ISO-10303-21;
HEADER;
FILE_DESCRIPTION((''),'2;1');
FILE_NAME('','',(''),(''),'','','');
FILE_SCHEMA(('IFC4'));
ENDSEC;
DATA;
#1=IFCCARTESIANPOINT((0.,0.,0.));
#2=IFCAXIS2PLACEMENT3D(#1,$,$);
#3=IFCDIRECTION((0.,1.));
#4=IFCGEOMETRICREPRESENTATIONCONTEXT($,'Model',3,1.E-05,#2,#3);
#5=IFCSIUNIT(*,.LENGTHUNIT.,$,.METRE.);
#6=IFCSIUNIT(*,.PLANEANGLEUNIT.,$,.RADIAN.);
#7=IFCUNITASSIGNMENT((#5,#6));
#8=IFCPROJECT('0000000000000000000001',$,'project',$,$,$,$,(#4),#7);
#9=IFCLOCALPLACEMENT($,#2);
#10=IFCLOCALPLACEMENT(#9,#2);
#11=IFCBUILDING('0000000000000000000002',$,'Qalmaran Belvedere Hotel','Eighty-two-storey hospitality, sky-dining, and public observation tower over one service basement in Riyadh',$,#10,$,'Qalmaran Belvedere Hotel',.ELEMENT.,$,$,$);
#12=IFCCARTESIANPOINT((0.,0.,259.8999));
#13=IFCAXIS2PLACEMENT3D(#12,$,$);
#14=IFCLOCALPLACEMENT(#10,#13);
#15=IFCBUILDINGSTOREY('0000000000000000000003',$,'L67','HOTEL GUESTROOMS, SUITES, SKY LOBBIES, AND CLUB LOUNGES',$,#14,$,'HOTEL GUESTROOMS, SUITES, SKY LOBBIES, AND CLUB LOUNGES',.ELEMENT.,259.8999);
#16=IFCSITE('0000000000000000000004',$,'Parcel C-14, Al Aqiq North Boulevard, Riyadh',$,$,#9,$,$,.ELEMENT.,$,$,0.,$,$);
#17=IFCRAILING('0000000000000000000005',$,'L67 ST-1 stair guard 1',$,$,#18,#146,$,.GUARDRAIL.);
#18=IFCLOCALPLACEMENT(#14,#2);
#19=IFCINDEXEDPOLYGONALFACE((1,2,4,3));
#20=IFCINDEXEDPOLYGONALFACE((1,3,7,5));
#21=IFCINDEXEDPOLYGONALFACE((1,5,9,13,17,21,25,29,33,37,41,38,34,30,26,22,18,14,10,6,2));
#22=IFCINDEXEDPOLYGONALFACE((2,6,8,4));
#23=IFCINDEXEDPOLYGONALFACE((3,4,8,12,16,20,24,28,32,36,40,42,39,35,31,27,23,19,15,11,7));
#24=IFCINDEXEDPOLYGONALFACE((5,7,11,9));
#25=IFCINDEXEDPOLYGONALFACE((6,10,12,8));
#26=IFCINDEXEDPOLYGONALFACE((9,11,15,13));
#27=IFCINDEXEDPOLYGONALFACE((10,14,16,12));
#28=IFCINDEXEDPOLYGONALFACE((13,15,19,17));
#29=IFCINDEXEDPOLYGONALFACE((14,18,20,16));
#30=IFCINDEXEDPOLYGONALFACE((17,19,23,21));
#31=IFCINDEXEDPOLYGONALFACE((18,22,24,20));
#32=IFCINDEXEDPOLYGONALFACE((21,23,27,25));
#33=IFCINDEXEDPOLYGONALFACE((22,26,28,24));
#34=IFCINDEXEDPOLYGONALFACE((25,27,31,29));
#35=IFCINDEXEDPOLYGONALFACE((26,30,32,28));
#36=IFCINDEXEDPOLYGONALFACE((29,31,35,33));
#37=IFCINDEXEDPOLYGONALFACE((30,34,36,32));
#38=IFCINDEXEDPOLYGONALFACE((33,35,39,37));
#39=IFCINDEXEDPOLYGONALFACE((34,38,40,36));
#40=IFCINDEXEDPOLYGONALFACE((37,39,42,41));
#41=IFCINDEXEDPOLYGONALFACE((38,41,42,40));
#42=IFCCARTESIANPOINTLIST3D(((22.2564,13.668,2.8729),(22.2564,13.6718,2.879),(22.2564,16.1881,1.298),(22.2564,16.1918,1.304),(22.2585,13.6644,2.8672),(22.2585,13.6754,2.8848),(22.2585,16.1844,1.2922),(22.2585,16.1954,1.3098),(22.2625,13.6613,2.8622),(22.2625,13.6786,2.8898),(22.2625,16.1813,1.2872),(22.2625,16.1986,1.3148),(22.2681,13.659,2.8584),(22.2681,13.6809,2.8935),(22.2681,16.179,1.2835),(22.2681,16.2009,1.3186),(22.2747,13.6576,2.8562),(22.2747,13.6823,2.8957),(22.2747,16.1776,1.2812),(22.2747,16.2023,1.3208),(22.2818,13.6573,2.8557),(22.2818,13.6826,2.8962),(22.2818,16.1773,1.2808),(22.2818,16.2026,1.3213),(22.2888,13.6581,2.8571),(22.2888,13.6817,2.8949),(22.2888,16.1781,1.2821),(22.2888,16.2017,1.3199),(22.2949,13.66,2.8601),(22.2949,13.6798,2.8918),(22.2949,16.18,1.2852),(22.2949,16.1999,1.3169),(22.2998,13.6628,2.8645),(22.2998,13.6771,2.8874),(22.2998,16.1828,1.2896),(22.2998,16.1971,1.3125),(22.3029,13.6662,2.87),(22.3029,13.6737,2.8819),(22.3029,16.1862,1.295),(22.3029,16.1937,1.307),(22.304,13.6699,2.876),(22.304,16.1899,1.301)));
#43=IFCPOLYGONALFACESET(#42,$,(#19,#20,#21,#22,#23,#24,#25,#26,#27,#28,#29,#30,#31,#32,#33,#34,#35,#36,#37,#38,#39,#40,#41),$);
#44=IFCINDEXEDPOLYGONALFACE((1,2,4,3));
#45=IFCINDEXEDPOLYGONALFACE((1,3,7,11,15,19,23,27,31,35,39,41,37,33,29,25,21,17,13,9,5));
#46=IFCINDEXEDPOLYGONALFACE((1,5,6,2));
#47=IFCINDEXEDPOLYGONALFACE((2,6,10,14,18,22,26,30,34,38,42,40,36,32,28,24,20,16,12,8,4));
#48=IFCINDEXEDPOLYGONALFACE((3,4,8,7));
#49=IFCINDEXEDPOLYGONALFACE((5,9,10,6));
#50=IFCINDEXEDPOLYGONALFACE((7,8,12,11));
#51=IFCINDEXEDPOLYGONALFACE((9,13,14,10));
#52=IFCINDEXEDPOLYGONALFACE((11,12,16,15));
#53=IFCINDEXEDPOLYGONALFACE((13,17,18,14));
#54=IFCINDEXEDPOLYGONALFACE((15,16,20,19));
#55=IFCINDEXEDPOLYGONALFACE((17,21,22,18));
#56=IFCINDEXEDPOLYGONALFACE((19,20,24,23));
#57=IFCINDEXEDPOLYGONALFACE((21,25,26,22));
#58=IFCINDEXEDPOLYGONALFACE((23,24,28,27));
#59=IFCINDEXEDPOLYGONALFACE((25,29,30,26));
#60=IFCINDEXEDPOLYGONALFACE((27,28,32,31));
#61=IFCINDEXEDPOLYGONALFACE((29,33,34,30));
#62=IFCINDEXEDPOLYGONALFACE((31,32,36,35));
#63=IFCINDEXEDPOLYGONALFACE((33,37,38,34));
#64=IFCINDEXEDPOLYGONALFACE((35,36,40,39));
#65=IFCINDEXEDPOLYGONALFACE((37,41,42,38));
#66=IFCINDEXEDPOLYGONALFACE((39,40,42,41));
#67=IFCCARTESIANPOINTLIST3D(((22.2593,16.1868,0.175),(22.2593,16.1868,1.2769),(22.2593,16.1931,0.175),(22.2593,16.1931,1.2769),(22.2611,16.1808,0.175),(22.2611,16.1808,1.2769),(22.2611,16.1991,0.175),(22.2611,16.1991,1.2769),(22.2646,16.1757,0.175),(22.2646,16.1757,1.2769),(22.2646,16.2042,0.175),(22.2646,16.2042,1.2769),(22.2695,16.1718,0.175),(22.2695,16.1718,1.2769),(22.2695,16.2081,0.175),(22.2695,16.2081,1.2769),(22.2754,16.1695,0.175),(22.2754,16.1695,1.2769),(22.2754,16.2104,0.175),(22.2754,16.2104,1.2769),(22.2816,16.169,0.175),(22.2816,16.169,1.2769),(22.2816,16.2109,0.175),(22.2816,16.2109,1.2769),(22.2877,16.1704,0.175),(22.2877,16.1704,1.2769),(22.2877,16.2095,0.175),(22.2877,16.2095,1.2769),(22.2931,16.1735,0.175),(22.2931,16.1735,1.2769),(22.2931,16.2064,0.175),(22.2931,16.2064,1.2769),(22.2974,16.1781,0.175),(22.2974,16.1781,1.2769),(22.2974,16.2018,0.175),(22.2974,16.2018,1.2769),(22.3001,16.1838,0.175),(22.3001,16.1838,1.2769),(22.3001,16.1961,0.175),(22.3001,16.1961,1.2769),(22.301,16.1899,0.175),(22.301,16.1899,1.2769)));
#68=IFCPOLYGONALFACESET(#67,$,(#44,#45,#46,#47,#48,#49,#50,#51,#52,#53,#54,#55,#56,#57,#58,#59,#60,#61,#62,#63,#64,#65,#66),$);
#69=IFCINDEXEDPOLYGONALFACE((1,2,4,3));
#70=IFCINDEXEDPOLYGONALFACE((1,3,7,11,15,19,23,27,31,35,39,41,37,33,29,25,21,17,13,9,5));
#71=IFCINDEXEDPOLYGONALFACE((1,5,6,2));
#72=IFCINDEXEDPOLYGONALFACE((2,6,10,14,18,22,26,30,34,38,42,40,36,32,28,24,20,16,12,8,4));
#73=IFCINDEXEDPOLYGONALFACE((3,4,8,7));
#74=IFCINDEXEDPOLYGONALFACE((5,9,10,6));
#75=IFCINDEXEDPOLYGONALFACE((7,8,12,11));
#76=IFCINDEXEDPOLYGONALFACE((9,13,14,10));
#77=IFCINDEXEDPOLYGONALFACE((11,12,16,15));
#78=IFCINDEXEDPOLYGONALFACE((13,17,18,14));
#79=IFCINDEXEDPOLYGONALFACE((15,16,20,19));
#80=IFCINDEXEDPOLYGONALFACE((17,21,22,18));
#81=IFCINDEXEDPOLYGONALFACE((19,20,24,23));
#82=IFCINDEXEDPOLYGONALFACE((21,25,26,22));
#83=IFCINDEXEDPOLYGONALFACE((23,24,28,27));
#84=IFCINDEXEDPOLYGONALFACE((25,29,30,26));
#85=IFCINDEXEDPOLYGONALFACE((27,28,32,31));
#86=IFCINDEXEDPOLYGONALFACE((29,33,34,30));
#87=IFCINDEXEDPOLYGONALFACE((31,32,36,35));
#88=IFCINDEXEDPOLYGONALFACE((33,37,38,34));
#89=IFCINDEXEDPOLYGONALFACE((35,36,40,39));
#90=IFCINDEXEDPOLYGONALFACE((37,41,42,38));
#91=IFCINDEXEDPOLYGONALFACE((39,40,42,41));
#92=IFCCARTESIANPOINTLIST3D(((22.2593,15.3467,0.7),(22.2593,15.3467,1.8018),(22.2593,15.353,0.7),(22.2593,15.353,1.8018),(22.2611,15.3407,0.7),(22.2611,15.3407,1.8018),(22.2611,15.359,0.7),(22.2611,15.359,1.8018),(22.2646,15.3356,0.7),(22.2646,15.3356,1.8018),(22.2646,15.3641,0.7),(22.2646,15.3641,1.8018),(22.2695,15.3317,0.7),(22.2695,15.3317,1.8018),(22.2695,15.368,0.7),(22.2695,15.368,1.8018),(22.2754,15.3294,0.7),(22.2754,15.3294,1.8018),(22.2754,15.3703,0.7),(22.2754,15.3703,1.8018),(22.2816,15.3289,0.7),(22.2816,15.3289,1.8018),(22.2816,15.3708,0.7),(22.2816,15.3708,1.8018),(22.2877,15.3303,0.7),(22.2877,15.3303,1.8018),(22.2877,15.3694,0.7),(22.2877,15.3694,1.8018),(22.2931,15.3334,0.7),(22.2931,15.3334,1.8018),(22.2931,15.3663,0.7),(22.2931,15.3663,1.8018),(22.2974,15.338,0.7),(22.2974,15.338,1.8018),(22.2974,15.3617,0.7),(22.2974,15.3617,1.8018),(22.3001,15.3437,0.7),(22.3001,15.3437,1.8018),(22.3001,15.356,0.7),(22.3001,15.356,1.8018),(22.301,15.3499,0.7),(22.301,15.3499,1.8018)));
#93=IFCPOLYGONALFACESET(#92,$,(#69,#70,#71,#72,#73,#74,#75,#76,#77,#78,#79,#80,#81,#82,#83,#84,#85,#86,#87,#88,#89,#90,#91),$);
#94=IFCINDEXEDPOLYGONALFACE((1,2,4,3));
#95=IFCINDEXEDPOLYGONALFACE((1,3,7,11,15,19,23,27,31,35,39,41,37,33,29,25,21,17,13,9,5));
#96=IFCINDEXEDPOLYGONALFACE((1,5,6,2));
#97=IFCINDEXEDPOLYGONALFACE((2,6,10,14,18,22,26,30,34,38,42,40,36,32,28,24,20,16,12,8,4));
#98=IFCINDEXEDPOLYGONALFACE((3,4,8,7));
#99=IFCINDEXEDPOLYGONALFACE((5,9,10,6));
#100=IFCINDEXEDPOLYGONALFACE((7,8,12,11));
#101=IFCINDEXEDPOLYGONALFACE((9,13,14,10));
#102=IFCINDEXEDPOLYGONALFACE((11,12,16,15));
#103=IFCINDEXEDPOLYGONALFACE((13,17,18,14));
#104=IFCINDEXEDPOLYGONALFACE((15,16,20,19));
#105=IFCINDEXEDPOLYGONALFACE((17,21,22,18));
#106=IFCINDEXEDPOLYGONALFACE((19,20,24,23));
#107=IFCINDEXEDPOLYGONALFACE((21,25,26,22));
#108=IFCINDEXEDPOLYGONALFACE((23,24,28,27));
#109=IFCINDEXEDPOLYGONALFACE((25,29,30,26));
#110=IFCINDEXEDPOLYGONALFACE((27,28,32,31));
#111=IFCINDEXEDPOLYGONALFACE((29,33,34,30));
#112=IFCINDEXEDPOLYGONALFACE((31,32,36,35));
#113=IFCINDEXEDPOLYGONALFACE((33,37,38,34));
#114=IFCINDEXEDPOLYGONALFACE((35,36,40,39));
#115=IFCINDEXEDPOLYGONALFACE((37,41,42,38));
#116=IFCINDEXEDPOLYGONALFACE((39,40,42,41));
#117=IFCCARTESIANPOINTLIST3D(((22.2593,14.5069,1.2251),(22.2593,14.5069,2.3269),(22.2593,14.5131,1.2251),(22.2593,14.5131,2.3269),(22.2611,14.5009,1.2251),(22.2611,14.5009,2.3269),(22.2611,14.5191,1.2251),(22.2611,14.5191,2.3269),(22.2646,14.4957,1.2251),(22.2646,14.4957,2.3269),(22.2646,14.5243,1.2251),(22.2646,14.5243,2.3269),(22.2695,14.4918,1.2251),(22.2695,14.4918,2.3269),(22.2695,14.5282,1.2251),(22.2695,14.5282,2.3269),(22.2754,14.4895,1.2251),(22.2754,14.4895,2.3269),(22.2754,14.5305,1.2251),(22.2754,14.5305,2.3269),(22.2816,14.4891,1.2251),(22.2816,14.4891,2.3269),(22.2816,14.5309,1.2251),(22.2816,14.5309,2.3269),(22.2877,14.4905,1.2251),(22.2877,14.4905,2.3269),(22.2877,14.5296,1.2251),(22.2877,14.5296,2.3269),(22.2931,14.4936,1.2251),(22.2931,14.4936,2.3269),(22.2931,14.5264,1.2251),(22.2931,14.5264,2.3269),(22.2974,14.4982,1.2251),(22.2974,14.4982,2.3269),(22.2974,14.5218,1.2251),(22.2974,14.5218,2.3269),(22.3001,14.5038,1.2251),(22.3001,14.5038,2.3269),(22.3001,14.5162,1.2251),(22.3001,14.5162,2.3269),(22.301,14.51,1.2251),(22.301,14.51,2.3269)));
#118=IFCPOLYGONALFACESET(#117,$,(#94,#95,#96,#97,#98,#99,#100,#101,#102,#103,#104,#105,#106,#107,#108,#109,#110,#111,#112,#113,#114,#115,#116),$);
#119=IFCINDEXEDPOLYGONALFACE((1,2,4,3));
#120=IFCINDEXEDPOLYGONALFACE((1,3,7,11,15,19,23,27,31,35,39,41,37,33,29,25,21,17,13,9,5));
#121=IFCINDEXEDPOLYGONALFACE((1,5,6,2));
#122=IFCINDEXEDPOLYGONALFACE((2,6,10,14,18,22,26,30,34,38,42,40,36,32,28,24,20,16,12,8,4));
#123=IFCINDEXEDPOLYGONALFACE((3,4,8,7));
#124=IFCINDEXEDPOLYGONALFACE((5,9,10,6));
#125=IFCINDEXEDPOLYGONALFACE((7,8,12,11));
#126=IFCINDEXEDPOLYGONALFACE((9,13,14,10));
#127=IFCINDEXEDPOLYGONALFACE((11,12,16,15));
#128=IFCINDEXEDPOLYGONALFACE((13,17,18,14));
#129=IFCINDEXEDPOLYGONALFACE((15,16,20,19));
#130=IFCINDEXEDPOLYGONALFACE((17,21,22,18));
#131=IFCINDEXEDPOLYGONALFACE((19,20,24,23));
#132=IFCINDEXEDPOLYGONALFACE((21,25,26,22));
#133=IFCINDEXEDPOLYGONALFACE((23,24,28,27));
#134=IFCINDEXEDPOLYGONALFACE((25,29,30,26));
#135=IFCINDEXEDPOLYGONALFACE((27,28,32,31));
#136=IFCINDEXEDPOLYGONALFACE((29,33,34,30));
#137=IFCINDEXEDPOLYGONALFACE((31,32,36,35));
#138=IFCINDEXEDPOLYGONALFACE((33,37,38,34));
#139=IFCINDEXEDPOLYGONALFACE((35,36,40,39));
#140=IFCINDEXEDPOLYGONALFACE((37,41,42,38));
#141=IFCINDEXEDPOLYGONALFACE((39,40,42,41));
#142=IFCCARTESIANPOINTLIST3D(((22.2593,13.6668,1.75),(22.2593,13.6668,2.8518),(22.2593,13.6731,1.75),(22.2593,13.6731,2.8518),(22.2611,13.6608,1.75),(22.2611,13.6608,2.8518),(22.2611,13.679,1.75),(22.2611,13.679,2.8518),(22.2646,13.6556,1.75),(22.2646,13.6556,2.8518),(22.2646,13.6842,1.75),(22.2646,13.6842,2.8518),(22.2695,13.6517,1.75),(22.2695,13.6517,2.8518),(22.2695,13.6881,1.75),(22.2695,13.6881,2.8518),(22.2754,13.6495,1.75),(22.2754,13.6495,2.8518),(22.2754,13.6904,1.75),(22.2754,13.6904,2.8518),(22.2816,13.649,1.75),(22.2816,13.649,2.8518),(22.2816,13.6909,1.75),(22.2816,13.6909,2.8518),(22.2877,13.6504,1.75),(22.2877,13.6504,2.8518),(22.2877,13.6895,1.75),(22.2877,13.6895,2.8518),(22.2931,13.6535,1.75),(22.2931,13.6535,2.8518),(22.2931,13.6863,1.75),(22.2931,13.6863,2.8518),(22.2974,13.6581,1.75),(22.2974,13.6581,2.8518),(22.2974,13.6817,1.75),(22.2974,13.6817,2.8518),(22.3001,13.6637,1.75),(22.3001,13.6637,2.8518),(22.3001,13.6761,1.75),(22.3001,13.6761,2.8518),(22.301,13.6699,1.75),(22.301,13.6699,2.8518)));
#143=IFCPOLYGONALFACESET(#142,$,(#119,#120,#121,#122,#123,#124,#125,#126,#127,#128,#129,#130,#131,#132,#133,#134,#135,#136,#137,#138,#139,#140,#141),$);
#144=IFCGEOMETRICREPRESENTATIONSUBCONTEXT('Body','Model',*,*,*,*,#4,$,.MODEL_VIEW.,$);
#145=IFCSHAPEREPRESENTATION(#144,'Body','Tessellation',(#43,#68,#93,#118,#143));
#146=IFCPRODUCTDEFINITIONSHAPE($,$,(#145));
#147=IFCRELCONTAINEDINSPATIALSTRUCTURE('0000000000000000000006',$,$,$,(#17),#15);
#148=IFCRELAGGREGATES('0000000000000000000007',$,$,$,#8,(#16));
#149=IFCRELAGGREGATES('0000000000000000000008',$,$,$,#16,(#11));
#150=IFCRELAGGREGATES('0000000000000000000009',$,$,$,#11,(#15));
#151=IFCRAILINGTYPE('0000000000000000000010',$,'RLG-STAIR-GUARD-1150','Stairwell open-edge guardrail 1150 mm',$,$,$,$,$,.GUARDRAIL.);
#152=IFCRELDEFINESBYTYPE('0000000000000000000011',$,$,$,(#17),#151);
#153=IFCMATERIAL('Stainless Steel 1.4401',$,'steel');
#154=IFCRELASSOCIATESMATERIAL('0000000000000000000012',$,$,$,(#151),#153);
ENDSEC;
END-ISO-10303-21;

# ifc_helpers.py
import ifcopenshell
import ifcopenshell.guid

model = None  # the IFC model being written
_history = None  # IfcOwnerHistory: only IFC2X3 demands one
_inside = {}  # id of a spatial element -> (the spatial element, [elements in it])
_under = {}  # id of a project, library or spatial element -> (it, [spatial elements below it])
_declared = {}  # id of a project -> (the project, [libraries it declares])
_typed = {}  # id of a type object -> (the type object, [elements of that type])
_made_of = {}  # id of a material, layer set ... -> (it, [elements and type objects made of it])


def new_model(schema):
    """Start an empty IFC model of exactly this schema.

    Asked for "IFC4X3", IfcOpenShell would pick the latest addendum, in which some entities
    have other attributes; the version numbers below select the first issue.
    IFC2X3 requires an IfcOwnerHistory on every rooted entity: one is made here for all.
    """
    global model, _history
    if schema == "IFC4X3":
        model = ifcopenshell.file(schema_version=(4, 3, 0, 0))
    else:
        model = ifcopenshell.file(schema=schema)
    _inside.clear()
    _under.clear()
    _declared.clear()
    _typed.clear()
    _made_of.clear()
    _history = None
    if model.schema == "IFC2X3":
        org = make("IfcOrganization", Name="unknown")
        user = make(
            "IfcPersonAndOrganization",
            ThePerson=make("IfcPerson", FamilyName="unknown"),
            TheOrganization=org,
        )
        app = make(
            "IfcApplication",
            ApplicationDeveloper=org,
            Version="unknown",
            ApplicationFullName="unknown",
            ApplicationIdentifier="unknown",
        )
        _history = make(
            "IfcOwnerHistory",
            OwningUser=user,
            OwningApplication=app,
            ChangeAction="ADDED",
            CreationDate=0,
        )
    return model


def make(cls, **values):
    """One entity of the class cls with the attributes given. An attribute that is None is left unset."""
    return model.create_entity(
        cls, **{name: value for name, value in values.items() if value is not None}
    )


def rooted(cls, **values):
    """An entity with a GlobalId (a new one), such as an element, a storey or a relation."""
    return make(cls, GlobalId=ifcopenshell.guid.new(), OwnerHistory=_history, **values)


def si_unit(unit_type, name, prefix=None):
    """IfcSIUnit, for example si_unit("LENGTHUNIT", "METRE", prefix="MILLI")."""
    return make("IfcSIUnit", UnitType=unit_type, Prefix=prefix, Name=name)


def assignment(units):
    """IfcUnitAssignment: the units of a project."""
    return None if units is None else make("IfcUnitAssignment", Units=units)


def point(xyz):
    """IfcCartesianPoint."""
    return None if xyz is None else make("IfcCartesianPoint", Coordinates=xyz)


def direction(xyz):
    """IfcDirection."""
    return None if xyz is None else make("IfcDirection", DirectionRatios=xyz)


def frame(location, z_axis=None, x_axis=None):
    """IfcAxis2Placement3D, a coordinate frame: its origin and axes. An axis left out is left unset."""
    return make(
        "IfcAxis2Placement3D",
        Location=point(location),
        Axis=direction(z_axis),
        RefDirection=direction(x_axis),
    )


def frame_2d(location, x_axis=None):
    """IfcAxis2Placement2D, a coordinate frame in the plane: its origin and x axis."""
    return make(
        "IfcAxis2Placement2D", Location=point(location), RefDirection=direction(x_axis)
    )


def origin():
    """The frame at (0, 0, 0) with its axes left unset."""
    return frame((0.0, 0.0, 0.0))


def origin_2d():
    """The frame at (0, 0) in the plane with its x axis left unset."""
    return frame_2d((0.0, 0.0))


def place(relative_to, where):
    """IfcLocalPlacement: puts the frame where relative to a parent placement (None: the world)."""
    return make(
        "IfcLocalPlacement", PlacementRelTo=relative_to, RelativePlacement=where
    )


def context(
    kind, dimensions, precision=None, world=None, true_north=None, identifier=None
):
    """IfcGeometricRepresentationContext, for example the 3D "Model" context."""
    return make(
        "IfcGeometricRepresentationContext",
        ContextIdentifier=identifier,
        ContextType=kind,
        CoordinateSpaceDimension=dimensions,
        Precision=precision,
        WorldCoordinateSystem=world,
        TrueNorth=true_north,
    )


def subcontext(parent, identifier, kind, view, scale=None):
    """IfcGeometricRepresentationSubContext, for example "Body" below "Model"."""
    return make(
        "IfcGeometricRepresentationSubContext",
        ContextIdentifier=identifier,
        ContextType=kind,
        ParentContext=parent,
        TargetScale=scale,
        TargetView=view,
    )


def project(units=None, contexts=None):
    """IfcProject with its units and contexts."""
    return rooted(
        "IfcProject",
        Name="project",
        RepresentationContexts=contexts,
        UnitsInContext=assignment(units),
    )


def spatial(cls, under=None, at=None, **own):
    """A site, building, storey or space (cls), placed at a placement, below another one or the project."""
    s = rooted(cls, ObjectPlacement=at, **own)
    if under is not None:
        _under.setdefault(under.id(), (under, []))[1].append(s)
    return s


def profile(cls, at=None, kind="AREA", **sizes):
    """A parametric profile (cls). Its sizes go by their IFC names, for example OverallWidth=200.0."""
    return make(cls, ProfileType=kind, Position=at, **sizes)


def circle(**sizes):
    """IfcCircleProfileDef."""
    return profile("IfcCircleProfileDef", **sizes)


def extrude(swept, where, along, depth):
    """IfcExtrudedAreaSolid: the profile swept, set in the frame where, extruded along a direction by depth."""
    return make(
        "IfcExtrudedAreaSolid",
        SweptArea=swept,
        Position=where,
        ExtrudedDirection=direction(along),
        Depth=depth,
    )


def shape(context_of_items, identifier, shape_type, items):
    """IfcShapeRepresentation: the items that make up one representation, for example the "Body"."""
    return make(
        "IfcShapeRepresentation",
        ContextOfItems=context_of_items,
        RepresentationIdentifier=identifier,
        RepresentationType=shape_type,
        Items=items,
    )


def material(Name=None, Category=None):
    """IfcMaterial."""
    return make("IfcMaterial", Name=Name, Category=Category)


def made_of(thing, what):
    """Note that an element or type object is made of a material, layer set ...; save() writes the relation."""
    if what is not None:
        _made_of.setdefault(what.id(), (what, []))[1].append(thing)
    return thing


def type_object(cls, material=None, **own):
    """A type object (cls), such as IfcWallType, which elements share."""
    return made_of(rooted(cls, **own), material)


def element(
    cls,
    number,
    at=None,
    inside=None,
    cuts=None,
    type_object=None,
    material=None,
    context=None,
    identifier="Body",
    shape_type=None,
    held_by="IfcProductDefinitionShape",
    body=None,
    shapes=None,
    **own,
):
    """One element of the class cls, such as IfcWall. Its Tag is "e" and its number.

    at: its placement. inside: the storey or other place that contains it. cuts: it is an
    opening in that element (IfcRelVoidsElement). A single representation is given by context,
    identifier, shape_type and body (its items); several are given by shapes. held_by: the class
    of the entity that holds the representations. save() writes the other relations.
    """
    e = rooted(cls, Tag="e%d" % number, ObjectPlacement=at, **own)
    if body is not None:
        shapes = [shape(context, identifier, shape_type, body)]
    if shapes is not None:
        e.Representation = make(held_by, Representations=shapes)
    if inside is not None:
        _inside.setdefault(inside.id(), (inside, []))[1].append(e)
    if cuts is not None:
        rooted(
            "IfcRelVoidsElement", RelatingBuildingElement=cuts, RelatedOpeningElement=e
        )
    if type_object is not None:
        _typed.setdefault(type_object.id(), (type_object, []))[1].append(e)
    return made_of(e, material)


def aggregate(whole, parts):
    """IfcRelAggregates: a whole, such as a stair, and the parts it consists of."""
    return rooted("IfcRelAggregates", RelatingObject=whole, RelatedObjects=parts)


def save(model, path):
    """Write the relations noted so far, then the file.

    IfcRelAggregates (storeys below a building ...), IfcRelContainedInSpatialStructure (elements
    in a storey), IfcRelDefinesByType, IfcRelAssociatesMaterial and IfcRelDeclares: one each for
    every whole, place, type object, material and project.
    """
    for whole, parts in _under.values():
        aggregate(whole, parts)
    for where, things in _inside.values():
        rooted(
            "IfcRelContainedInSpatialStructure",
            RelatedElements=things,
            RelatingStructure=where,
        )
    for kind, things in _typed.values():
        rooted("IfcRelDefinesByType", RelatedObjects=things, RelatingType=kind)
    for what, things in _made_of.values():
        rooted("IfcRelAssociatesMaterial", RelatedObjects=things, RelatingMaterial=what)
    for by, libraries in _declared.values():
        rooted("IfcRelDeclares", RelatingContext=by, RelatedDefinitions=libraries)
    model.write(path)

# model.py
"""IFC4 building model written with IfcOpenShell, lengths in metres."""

from ifc_helpers import new_model, si_unit, direction, frame, origin, origin_2d, place, context, subcontext, project, spatial, circle, extrude, material, type_object, element, save


model = new_model("IFC4")

# Units and contexts
model_context = context("Model", 3, precision=1e-05, world=origin(), true_north=direction((0.0, 1.0)))
body_context = subcontext(model_context, "Body", "Model", "MODEL_VIEW")
ifc_project = project(units=[si_unit("LENGTHUNIT", "METRE"), si_unit("PLANEANGLEUNIT", "RADIAN")], contexts=[model_context])

# Site, building, storey
site_placement = place(None, origin())
site = spatial("IfcSite", under=ifc_project, at=site_placement, Name="Parcel C-14, Al Aqiq North Boulevard, Riyadh", CompositionType="ELEMENT", RefElevation=0.0)
building_placement = place(site_placement, origin())
building = spatial("IfcBuilding", under=site, at=building_placement, Name="Qalmaran Belvedere Hotel", Description="Eighty-two-storey hospitality, sky-dining, and public observation tower over one service basement in Riyadh", LongName="Qalmaran Belvedere Hotel", CompositionType="ELEMENT")
storey_placement = place(building_placement, frame((0.0, 0.0, 259.8999)))
storey = spatial("IfcBuildingStorey", under=building, at=storey_placement, Name="L67", Description="HOTEL GUESTROOMS, SUITES, SKY LOBBIES, AND CLUB LOUNGES", LongName="HOTEL GUESTROOMS, SUITES, SKY LOBBIES, AND CLUB LOUNGES", CompositionType="ELEMENT", Elevation=259.8999)

# Shared definitions
ifc_material_1 = material(Name="Stainless Steel 1.4401", Category="steel")

# Railing
railing_type_1 = type_object("IfcRailingType", Name="RLG-STAIR-GUARD-1150", Description="Stairwell open-edge guardrail 1150 mm", PredefinedType="GUARDRAIL", material=ifc_material_1)
railing_1_placement = place(storey_placement, frame((22.28, 16.1899, 0.175)))
element("IfcRailing", 1, at=railing_1_placement, inside=storey, type_object=railing_type_1, Name="L67 ST-1 stair guard 1", PredefinedType="GUARDRAIL", context=body_context, shape_type="SweptSolid", body=[
    extrude(circle(Radius=0.0239, at=origin_2d()), frame((0.0, 0.0, 1.126), z_axis=(0.0, -0.848008, 0.529984), x_axis=(1.0, 0.0, 0.0)), (0.0, 0.0, 1.0), 2.9717),
    extrude(circle(Radius=0.021, at=origin_2d()), origin(), (0.0, 0.0, 1.0), 1.1018),
    extrude(circle(Radius=0.021, at=origin_2d()), frame((0.0, -0.8401, 0.5249)), (0.0, 0.0, 1.0), 1.1018),
    extrude(circle(Radius=0.021, at=origin_2d()), frame((0.0, -1.6799, 1.05)), (0.0, 0.0, 1.0), 1.1018),
    extrude(circle(Radius=0.021, at=origin_2d()), frame((0.0, -2.52, 1.575)), (0.0, 0.0, 1.0), 1.1018),
])

save(model, "model.ifc")
